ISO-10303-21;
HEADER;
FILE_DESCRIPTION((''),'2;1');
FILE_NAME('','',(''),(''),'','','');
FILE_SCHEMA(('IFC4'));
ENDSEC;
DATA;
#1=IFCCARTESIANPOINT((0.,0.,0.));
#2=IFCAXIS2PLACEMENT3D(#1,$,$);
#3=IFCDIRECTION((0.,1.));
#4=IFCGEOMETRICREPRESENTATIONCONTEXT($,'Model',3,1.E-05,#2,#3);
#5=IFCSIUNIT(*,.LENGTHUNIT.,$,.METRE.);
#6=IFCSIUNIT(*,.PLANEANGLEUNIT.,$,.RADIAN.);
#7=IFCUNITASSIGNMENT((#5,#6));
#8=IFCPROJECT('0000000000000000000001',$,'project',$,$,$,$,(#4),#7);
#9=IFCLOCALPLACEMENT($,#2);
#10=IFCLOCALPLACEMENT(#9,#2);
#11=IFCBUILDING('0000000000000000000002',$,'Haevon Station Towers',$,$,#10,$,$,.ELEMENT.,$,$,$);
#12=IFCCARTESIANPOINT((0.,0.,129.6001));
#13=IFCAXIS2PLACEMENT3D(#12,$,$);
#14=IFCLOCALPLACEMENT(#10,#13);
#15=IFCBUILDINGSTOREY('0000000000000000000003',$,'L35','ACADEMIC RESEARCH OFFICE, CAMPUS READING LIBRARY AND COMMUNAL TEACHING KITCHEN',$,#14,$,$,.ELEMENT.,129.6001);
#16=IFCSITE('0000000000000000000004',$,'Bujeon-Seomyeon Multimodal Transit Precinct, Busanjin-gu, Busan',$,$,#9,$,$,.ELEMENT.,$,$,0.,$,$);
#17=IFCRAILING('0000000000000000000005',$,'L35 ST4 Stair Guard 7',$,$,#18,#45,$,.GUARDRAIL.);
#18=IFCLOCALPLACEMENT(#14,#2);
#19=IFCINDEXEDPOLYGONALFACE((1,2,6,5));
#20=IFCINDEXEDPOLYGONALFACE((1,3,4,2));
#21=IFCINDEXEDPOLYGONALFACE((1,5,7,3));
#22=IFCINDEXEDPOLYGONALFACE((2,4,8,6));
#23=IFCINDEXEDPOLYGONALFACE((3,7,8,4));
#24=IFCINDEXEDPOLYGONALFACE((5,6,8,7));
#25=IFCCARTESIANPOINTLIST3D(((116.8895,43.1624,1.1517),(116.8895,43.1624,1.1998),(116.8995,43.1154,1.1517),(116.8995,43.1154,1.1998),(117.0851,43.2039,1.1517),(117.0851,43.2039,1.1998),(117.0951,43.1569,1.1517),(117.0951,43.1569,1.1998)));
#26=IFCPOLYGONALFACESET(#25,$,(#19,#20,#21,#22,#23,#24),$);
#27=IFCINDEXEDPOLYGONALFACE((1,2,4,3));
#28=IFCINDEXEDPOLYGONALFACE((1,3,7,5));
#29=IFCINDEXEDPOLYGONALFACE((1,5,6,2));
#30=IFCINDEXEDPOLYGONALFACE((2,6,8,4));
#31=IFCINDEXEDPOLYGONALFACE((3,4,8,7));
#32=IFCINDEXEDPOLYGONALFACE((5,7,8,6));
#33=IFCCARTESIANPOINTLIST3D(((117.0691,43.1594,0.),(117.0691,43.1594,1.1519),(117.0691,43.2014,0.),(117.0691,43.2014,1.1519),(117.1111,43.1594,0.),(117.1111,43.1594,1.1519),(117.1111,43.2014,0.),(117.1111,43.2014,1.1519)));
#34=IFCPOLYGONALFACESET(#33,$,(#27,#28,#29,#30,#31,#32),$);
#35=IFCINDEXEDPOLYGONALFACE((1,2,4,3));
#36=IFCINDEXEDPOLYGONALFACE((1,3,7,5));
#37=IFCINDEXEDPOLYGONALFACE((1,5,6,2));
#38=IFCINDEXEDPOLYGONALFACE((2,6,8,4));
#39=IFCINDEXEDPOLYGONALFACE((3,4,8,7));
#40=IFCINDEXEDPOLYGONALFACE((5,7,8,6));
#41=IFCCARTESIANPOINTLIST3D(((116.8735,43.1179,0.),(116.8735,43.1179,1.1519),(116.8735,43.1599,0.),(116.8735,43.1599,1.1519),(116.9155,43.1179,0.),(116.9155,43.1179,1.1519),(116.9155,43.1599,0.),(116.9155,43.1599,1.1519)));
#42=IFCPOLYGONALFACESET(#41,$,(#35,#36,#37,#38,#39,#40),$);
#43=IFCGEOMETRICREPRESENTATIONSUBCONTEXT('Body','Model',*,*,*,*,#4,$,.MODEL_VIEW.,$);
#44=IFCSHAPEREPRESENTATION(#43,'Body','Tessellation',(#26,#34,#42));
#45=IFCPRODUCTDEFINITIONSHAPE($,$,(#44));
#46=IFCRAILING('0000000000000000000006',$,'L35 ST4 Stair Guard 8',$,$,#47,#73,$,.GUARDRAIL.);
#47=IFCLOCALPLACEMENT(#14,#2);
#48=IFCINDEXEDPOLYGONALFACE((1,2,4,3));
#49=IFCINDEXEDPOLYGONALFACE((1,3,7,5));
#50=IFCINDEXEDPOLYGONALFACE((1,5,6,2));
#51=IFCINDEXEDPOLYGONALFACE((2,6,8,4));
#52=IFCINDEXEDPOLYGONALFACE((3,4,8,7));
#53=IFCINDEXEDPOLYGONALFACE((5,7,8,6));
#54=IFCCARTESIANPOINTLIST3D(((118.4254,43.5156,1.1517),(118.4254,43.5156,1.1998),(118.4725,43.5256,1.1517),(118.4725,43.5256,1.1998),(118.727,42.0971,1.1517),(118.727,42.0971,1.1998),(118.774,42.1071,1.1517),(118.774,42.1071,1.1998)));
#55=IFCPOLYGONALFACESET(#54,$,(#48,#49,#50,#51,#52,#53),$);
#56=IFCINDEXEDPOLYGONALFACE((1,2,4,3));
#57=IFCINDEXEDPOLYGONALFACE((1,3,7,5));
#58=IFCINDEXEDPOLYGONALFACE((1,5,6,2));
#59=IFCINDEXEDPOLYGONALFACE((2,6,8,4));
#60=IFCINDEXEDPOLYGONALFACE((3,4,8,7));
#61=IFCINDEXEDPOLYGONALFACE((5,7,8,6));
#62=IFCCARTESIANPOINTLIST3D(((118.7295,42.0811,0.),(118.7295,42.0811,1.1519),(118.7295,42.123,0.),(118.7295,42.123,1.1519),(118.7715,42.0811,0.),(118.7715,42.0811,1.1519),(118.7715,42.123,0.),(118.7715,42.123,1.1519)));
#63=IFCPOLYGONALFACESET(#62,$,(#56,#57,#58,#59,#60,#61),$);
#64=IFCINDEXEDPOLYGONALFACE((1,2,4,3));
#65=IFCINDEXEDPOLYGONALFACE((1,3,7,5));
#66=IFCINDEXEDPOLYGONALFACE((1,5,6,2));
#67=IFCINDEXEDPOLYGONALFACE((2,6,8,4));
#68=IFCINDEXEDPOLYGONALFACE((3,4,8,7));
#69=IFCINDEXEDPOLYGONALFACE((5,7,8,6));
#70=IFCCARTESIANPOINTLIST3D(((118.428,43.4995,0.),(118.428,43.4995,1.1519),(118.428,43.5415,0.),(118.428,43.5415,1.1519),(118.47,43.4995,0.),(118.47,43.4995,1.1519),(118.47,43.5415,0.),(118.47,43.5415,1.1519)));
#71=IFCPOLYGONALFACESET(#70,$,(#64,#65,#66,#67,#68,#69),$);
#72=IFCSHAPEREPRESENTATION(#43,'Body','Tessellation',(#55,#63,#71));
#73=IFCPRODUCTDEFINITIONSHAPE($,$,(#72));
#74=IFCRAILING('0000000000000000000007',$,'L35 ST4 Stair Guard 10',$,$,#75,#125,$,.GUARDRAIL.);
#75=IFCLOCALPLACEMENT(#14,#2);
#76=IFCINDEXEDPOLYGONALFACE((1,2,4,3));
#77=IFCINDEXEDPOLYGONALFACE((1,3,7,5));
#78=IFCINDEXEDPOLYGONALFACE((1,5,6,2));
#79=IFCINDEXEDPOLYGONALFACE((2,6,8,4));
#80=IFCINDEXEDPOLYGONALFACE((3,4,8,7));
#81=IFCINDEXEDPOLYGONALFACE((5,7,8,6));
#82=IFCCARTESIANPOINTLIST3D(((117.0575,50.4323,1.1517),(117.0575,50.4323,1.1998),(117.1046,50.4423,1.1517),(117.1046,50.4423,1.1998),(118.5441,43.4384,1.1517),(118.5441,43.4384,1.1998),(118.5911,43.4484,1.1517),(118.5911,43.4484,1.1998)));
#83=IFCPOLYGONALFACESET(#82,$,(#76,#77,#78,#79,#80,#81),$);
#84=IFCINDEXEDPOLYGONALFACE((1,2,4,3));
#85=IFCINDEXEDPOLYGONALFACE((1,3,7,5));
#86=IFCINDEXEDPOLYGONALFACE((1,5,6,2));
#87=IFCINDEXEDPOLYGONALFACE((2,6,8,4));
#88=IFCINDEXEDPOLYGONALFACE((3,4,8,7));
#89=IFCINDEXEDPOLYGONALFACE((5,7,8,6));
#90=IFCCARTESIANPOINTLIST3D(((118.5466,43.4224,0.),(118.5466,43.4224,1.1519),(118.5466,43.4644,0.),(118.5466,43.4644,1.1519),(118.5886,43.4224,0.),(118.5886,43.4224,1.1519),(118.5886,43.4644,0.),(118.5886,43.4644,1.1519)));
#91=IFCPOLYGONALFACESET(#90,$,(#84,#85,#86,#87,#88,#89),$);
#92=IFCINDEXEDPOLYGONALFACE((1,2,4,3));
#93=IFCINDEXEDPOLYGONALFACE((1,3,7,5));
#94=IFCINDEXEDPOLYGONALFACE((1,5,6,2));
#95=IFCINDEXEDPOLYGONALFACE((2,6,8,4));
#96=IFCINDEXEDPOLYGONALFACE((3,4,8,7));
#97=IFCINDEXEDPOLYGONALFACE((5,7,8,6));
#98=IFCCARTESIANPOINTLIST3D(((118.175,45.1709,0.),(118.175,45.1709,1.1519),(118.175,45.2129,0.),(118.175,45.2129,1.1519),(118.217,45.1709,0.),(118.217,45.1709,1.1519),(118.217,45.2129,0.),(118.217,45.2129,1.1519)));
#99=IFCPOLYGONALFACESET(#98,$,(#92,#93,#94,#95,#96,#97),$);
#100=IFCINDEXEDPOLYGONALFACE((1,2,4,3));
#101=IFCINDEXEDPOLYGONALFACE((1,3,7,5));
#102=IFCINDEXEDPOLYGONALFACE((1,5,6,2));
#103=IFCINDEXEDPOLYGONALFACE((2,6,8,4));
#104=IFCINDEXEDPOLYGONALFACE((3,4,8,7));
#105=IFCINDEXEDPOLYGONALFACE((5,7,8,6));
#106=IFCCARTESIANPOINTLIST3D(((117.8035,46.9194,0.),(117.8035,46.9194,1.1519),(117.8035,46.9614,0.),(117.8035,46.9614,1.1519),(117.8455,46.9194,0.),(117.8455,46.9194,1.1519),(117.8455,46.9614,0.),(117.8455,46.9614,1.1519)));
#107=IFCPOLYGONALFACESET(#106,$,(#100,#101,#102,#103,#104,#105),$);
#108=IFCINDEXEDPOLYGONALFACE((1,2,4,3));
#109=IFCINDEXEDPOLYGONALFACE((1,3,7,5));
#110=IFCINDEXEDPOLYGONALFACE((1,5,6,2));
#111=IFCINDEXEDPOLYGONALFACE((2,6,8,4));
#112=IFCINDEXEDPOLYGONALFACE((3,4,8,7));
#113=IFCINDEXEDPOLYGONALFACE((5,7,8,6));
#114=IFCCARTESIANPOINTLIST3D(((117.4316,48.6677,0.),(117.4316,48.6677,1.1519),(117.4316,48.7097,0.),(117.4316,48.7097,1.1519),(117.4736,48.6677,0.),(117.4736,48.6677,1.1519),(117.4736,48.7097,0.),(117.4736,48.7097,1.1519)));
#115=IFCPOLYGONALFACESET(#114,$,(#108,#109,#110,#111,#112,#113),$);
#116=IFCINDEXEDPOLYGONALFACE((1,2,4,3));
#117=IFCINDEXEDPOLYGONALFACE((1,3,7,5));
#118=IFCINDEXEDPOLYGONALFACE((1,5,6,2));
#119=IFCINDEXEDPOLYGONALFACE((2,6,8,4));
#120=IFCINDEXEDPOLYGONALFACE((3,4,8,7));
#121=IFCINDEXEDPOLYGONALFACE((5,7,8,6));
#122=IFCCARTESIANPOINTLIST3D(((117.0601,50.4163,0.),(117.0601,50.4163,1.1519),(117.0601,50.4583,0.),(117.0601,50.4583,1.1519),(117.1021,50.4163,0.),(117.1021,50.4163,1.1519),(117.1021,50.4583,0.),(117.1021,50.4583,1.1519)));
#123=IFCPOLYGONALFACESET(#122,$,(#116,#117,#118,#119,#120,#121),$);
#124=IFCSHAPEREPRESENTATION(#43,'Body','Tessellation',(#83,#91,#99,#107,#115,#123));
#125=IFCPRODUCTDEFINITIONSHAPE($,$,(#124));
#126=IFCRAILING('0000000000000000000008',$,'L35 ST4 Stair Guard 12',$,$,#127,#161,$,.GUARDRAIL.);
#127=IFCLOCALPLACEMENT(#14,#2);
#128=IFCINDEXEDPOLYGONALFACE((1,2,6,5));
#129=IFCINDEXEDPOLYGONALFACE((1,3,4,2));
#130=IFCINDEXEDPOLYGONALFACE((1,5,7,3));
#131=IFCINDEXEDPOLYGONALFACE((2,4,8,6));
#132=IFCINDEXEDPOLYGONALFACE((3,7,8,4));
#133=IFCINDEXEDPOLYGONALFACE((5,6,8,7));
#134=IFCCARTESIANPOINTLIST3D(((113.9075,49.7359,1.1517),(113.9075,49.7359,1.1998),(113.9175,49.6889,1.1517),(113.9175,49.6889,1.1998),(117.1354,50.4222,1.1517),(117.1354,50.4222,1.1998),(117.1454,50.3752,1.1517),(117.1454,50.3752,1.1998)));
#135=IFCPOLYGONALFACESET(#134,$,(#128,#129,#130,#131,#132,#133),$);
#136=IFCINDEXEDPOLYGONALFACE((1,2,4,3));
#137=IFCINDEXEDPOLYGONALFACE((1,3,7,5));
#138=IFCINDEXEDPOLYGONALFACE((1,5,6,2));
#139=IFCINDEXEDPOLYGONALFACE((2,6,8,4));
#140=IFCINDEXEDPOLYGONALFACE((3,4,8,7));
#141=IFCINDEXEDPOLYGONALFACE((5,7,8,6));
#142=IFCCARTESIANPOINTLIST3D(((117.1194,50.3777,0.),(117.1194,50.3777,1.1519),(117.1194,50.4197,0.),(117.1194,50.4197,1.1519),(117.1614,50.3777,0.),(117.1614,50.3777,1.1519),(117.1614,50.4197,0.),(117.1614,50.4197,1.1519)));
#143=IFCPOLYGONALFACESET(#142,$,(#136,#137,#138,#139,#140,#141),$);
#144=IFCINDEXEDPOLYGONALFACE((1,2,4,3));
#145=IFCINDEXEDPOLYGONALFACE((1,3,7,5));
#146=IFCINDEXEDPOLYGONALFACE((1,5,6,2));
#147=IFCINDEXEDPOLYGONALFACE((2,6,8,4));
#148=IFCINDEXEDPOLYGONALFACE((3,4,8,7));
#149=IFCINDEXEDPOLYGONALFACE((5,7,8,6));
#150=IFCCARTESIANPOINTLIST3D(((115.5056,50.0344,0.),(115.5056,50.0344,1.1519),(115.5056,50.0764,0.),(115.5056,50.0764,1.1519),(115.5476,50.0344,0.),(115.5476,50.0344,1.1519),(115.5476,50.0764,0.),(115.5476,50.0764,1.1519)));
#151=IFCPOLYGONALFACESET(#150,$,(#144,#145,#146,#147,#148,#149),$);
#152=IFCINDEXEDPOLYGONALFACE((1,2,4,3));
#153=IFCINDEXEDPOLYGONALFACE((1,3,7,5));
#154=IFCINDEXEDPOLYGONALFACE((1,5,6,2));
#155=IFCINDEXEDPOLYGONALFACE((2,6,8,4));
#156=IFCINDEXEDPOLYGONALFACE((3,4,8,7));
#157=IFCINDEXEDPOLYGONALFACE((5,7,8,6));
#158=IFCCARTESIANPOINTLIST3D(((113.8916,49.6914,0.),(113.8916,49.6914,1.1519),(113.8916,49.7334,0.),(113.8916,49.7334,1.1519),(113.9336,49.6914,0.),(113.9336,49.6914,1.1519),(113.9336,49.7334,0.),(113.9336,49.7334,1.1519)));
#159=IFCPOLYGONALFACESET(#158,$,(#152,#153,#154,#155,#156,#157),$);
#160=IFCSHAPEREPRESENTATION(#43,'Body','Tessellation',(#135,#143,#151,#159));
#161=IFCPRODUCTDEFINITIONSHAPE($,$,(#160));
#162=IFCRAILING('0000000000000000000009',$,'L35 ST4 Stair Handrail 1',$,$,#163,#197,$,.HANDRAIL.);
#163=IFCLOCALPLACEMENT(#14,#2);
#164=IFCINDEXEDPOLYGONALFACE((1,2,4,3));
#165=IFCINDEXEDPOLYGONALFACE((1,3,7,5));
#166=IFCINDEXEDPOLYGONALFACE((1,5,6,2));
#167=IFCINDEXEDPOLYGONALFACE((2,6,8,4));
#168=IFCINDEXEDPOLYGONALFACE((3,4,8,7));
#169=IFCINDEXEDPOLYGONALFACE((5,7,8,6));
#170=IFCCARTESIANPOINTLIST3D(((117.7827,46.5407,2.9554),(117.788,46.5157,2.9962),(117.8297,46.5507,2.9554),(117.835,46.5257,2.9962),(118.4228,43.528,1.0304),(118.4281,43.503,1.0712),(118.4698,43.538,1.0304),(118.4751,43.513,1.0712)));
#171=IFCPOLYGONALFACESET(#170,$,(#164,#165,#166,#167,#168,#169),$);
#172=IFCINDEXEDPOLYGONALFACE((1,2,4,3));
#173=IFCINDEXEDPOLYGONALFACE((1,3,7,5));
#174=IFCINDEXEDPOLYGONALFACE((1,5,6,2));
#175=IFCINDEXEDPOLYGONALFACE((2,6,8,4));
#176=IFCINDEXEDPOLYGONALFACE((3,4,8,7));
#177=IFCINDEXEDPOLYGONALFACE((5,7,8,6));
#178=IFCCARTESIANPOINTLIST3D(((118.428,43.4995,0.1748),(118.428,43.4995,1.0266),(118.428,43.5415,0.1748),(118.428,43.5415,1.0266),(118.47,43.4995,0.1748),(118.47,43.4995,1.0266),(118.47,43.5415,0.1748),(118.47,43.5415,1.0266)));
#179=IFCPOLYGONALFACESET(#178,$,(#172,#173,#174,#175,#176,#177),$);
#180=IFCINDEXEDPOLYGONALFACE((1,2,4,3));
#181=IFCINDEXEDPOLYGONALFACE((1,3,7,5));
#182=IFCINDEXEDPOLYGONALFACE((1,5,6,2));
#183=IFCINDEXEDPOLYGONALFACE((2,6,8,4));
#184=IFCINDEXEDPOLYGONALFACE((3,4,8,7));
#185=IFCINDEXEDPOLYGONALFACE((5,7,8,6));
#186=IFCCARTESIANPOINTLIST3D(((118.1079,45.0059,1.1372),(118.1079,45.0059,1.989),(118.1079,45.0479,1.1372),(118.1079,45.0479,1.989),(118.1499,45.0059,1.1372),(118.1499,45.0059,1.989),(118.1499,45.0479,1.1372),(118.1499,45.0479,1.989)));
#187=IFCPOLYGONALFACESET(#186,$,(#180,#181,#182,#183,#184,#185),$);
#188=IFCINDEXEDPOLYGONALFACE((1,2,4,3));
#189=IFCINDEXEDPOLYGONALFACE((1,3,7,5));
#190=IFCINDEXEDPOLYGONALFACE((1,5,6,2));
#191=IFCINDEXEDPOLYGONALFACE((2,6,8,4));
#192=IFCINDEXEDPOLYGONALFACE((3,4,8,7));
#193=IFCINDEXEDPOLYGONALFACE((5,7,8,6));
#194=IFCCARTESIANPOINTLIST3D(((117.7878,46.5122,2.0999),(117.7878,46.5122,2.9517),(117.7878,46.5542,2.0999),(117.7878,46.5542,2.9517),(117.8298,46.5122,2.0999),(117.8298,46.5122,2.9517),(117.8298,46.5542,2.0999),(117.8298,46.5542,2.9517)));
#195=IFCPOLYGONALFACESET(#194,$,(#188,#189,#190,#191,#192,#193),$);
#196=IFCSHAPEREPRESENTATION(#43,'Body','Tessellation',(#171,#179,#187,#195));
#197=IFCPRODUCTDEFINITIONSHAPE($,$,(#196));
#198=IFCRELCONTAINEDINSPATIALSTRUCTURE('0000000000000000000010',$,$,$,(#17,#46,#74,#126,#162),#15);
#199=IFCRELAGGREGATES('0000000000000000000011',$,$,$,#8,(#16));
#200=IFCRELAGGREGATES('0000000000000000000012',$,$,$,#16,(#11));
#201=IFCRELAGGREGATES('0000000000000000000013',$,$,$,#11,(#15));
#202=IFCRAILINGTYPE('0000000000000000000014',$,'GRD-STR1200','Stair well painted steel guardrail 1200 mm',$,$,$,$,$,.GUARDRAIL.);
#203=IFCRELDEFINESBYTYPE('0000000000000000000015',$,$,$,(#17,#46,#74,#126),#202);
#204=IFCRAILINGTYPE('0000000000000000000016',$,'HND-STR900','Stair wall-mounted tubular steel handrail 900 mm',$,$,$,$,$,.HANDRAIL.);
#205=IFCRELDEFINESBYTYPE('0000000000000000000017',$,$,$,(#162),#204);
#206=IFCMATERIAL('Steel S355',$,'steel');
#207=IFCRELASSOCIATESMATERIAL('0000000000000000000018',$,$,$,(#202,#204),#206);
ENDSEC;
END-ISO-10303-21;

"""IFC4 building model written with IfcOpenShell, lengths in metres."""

from ifc_helpers import new_model, si_unit, direction, frame, origin, origin_2d, place, context, subcontext, project, spatial, rectangle, extrude, material, type_object, element, save


model = new_model("IFC4")

# Units and contexts
model_context = context("Model", 3, precision=1e-05, world=origin(), true_north=direction((0.0, 1.0)))
body_context = subcontext(model_context, "Body", "Model", "MODEL_VIEW")
ifc_project = project(units=[si_unit("LENGTHUNIT", "METRE"), si_unit("PLANEANGLEUNIT", "RADIAN")], contexts=[model_context])

# Site, building, storey
site_placement = place(None, origin())
site = spatial("IfcSite", under=ifc_project, at=site_placement, Name="Bujeon-Seomyeon Multimodal Transit Precinct, Busanjin-gu, Busan", CompositionType="ELEMENT", RefElevation=0.0)
building_placement = place(site_placement, origin())
building = spatial("IfcBuilding", under=site, at=building_placement, Name="Haevon Station Towers", CompositionType="ELEMENT")
storey_placement = place(building_placement, frame((0.0, 0.0, 129.6001)))
storey = spatial("IfcBuildingStorey", under=building, at=storey_placement, Name="L35", Description="ACADEMIC RESEARCH OFFICE, CAMPUS READING LIBRARY AND COMMUNAL TEACHING KITCHEN", CompositionType="ELEMENT", Elevation=129.6001)

# Railings
ifc_material_1 = material(Name="Steel S355", Category="steel")
railing_type_1 = type_object("IfcRailingType", Name="GRD-STR1200", Description="Stair well painted steel guardrail 1200 mm", PredefinedType="GUARDRAIL", material=ifc_material_1)
railing_1_placement = place(storey_placement, frame((117.0901, 43.1804, 0.0)))
element("IfcRailing", 1, at=railing_1_placement, inside=storey, type_object=railing_type_1, Name="L35 ST4 Stair Guard 7", PredefinedType="GUARDRAIL", context=body_context, shape_type="SweptSolid", body=[
    extrude(rectangle(XDim=0.0481, YDim=0.0481, at=origin_2d()), frame((0.0, 0.0, 1.1758), z_axis=(-0.978212, -0.20761, 0.0), x_axis=(0.20761, -0.978212, 0.0)), (0.0, 0.0, 1.0), 0.2),
    extrude(rectangle(XDim=0.042, YDim=0.042, at=origin_2d()), origin(), (0.0, 0.0, 1.0), 1.1519),
    extrude(rectangle(XDim=0.042, YDim=0.042, at=origin_2d()), frame((-0.1956, -0.0415, 0.0)), (0.0, 0.0, 1.0), 1.1519),
])
railing_2_placement = place(storey_placement, frame((118.7505, 42.1021, 0.0)))
element("IfcRailing", 2, at=railing_2_placement, inside=storey, type_object=railing_type_1, Name="L35 ST4 Stair Guard 8", PredefinedType="GUARDRAIL", context=body_context, shape_type="SweptSolid", body=[
    extrude(rectangle(XDim=0.0481, YDim=0.0481, at=origin_2d()), frame((0.0, 0.0, 1.1758), z_axis=(-0.207919, 0.978146, 0.0), x_axis=(-0.978146, -0.207919, 0.0)), (0.0, 0.0, 1.0), 1.4502),
    extrude(rectangle(XDim=0.042, YDim=0.042, at=origin_2d()), origin(), (0.0, 0.0, 1.0), 1.1519),
    extrude(rectangle(XDim=0.042, YDim=0.042, at=origin_2d()), frame((-0.3015, 1.4185, 0.0)), (0.0, 0.0, 1.0), 1.1519),
])
railing_3_placement = place(storey_placement, frame((118.5676, 43.4434, 0.0)))
element("IfcRailing", 3, at=railing_3_placement, inside=storey, type_object=railing_type_1, Name="L35 ST4 Stair Guard 10", PredefinedType="GUARDRAIL", context=body_context, shape_type="SweptSolid", body=[
    extrude(rectangle(XDim=0.0481, YDim=0.0481, at=origin_2d()), frame((0.0, 0.0, 1.1758), z_axis=(-0.207908, 0.978148, 0.0), x_axis=(-0.978148, -0.207908, 0.0)), (0.0, 0.0, 1.0), 7.1501),
    extrude(rectangle(XDim=0.042, YDim=0.042, at=origin_2d()), origin(), (0.0, 0.0, 1.0), 1.1519),
    extrude(rectangle(XDim=0.042, YDim=0.042, at=origin_2d()), frame((-0.3716, 1.7485, 0.0)), (0.0, 0.0, 1.0), 1.1519),
    extrude(rectangle(XDim=0.042, YDim=0.042, at=origin_2d()), frame((-0.7432, 3.4971, 0.0)), (0.0, 0.0, 1.0), 1.1519),
    extrude(rectangle(XDim=0.042, YDim=0.042, at=origin_2d()), frame((-1.115, 5.2454, 0.0)), (0.0, 0.0, 1.0), 1.1519),
    extrude(rectangle(XDim=0.042, YDim=0.042, at=origin_2d()), frame((-1.4866, 6.9939, 0.0)), (0.0, 0.0, 1.0), 1.1519),
])
railing_4_placement = place(storey_placement, frame((117.1404, 50.3987, 0.0)))
element("IfcRailing", 4, at=railing_4_placement, inside=storey, type_object=railing_type_1, Name="L35 ST4 Stair Guard 12", PredefinedType="GUARDRAIL", context=body_context, shape_type="SweptSolid", body=[
    extrude(rectangle(XDim=0.0481, YDim=0.0481, at=origin_2d()), frame((0.0, 0.0, 1.1758), z_axis=(-0.978136, -0.207968, 0.0), x_axis=(0.207968, -0.978136, 0.0)), (0.0, 0.0, 1.0), 3.3),
    extrude(rectangle(XDim=0.042, YDim=0.042, at=origin_2d()), origin(), (0.0, 0.0, 1.0), 1.1519),
    extrude(rectangle(XDim=0.042, YDim=0.042, at=origin_2d()), frame((-1.6138, -0.3433, 0.0)), (0.0, 0.0, 1.0), 1.1519),
    extrude(rectangle(XDim=0.042, YDim=0.042, at=origin_2d()), frame((-3.2278, -0.6863, 0.0)), (0.0, 0.0, 1.0), 1.1519),
])
railing_type_2 = type_object("IfcRailingType", Name="HND-STR900", Description="Stair wall-mounted tubular steel handrail 900 mm", PredefinedType="HANDRAIL", material=ifc_material_1)
railing_5_placement = place(storey_placement, frame((118.449, 43.5205, 0.1748)))
element("IfcRailing", 5, at=railing_5_placement, inside=storey, type_object=railing_type_2, Name="L35 ST4 Stair Handrail 1", PredefinedType="HANDRAIL", context=body_context, shape_type="SweptSolid", body=[
    extrude(rectangle(XDim=0.0481, YDim=0.0481, at=origin_2d()), frame((0.0, 0.0, 0.876), z_axis=(-0.176246, 0.829471, 0.530014), x_axis=(-0.978163, -0.20784, 0.0)), (0.0, 0.0, 1.0), 3.6321),
    extrude(rectangle(XDim=0.042, YDim=0.042, at=origin_2d()), origin(), (0.0, 0.0, 1.0), 0.8518),
    extrude(rectangle(XDim=0.042, YDim=0.042, at=origin_2d()), frame((-0.3201, 1.5063, 0.9624)), (0.0, 0.0, 1.0), 0.8518),
    extrude(rectangle(XDim=0.042, YDim=0.042, at=origin_2d()), frame((-0.6401, 3.0127, 1.925)), (0.0, 0.0, 1.0), 0.8518),
])

save(model, "model.ifc")
